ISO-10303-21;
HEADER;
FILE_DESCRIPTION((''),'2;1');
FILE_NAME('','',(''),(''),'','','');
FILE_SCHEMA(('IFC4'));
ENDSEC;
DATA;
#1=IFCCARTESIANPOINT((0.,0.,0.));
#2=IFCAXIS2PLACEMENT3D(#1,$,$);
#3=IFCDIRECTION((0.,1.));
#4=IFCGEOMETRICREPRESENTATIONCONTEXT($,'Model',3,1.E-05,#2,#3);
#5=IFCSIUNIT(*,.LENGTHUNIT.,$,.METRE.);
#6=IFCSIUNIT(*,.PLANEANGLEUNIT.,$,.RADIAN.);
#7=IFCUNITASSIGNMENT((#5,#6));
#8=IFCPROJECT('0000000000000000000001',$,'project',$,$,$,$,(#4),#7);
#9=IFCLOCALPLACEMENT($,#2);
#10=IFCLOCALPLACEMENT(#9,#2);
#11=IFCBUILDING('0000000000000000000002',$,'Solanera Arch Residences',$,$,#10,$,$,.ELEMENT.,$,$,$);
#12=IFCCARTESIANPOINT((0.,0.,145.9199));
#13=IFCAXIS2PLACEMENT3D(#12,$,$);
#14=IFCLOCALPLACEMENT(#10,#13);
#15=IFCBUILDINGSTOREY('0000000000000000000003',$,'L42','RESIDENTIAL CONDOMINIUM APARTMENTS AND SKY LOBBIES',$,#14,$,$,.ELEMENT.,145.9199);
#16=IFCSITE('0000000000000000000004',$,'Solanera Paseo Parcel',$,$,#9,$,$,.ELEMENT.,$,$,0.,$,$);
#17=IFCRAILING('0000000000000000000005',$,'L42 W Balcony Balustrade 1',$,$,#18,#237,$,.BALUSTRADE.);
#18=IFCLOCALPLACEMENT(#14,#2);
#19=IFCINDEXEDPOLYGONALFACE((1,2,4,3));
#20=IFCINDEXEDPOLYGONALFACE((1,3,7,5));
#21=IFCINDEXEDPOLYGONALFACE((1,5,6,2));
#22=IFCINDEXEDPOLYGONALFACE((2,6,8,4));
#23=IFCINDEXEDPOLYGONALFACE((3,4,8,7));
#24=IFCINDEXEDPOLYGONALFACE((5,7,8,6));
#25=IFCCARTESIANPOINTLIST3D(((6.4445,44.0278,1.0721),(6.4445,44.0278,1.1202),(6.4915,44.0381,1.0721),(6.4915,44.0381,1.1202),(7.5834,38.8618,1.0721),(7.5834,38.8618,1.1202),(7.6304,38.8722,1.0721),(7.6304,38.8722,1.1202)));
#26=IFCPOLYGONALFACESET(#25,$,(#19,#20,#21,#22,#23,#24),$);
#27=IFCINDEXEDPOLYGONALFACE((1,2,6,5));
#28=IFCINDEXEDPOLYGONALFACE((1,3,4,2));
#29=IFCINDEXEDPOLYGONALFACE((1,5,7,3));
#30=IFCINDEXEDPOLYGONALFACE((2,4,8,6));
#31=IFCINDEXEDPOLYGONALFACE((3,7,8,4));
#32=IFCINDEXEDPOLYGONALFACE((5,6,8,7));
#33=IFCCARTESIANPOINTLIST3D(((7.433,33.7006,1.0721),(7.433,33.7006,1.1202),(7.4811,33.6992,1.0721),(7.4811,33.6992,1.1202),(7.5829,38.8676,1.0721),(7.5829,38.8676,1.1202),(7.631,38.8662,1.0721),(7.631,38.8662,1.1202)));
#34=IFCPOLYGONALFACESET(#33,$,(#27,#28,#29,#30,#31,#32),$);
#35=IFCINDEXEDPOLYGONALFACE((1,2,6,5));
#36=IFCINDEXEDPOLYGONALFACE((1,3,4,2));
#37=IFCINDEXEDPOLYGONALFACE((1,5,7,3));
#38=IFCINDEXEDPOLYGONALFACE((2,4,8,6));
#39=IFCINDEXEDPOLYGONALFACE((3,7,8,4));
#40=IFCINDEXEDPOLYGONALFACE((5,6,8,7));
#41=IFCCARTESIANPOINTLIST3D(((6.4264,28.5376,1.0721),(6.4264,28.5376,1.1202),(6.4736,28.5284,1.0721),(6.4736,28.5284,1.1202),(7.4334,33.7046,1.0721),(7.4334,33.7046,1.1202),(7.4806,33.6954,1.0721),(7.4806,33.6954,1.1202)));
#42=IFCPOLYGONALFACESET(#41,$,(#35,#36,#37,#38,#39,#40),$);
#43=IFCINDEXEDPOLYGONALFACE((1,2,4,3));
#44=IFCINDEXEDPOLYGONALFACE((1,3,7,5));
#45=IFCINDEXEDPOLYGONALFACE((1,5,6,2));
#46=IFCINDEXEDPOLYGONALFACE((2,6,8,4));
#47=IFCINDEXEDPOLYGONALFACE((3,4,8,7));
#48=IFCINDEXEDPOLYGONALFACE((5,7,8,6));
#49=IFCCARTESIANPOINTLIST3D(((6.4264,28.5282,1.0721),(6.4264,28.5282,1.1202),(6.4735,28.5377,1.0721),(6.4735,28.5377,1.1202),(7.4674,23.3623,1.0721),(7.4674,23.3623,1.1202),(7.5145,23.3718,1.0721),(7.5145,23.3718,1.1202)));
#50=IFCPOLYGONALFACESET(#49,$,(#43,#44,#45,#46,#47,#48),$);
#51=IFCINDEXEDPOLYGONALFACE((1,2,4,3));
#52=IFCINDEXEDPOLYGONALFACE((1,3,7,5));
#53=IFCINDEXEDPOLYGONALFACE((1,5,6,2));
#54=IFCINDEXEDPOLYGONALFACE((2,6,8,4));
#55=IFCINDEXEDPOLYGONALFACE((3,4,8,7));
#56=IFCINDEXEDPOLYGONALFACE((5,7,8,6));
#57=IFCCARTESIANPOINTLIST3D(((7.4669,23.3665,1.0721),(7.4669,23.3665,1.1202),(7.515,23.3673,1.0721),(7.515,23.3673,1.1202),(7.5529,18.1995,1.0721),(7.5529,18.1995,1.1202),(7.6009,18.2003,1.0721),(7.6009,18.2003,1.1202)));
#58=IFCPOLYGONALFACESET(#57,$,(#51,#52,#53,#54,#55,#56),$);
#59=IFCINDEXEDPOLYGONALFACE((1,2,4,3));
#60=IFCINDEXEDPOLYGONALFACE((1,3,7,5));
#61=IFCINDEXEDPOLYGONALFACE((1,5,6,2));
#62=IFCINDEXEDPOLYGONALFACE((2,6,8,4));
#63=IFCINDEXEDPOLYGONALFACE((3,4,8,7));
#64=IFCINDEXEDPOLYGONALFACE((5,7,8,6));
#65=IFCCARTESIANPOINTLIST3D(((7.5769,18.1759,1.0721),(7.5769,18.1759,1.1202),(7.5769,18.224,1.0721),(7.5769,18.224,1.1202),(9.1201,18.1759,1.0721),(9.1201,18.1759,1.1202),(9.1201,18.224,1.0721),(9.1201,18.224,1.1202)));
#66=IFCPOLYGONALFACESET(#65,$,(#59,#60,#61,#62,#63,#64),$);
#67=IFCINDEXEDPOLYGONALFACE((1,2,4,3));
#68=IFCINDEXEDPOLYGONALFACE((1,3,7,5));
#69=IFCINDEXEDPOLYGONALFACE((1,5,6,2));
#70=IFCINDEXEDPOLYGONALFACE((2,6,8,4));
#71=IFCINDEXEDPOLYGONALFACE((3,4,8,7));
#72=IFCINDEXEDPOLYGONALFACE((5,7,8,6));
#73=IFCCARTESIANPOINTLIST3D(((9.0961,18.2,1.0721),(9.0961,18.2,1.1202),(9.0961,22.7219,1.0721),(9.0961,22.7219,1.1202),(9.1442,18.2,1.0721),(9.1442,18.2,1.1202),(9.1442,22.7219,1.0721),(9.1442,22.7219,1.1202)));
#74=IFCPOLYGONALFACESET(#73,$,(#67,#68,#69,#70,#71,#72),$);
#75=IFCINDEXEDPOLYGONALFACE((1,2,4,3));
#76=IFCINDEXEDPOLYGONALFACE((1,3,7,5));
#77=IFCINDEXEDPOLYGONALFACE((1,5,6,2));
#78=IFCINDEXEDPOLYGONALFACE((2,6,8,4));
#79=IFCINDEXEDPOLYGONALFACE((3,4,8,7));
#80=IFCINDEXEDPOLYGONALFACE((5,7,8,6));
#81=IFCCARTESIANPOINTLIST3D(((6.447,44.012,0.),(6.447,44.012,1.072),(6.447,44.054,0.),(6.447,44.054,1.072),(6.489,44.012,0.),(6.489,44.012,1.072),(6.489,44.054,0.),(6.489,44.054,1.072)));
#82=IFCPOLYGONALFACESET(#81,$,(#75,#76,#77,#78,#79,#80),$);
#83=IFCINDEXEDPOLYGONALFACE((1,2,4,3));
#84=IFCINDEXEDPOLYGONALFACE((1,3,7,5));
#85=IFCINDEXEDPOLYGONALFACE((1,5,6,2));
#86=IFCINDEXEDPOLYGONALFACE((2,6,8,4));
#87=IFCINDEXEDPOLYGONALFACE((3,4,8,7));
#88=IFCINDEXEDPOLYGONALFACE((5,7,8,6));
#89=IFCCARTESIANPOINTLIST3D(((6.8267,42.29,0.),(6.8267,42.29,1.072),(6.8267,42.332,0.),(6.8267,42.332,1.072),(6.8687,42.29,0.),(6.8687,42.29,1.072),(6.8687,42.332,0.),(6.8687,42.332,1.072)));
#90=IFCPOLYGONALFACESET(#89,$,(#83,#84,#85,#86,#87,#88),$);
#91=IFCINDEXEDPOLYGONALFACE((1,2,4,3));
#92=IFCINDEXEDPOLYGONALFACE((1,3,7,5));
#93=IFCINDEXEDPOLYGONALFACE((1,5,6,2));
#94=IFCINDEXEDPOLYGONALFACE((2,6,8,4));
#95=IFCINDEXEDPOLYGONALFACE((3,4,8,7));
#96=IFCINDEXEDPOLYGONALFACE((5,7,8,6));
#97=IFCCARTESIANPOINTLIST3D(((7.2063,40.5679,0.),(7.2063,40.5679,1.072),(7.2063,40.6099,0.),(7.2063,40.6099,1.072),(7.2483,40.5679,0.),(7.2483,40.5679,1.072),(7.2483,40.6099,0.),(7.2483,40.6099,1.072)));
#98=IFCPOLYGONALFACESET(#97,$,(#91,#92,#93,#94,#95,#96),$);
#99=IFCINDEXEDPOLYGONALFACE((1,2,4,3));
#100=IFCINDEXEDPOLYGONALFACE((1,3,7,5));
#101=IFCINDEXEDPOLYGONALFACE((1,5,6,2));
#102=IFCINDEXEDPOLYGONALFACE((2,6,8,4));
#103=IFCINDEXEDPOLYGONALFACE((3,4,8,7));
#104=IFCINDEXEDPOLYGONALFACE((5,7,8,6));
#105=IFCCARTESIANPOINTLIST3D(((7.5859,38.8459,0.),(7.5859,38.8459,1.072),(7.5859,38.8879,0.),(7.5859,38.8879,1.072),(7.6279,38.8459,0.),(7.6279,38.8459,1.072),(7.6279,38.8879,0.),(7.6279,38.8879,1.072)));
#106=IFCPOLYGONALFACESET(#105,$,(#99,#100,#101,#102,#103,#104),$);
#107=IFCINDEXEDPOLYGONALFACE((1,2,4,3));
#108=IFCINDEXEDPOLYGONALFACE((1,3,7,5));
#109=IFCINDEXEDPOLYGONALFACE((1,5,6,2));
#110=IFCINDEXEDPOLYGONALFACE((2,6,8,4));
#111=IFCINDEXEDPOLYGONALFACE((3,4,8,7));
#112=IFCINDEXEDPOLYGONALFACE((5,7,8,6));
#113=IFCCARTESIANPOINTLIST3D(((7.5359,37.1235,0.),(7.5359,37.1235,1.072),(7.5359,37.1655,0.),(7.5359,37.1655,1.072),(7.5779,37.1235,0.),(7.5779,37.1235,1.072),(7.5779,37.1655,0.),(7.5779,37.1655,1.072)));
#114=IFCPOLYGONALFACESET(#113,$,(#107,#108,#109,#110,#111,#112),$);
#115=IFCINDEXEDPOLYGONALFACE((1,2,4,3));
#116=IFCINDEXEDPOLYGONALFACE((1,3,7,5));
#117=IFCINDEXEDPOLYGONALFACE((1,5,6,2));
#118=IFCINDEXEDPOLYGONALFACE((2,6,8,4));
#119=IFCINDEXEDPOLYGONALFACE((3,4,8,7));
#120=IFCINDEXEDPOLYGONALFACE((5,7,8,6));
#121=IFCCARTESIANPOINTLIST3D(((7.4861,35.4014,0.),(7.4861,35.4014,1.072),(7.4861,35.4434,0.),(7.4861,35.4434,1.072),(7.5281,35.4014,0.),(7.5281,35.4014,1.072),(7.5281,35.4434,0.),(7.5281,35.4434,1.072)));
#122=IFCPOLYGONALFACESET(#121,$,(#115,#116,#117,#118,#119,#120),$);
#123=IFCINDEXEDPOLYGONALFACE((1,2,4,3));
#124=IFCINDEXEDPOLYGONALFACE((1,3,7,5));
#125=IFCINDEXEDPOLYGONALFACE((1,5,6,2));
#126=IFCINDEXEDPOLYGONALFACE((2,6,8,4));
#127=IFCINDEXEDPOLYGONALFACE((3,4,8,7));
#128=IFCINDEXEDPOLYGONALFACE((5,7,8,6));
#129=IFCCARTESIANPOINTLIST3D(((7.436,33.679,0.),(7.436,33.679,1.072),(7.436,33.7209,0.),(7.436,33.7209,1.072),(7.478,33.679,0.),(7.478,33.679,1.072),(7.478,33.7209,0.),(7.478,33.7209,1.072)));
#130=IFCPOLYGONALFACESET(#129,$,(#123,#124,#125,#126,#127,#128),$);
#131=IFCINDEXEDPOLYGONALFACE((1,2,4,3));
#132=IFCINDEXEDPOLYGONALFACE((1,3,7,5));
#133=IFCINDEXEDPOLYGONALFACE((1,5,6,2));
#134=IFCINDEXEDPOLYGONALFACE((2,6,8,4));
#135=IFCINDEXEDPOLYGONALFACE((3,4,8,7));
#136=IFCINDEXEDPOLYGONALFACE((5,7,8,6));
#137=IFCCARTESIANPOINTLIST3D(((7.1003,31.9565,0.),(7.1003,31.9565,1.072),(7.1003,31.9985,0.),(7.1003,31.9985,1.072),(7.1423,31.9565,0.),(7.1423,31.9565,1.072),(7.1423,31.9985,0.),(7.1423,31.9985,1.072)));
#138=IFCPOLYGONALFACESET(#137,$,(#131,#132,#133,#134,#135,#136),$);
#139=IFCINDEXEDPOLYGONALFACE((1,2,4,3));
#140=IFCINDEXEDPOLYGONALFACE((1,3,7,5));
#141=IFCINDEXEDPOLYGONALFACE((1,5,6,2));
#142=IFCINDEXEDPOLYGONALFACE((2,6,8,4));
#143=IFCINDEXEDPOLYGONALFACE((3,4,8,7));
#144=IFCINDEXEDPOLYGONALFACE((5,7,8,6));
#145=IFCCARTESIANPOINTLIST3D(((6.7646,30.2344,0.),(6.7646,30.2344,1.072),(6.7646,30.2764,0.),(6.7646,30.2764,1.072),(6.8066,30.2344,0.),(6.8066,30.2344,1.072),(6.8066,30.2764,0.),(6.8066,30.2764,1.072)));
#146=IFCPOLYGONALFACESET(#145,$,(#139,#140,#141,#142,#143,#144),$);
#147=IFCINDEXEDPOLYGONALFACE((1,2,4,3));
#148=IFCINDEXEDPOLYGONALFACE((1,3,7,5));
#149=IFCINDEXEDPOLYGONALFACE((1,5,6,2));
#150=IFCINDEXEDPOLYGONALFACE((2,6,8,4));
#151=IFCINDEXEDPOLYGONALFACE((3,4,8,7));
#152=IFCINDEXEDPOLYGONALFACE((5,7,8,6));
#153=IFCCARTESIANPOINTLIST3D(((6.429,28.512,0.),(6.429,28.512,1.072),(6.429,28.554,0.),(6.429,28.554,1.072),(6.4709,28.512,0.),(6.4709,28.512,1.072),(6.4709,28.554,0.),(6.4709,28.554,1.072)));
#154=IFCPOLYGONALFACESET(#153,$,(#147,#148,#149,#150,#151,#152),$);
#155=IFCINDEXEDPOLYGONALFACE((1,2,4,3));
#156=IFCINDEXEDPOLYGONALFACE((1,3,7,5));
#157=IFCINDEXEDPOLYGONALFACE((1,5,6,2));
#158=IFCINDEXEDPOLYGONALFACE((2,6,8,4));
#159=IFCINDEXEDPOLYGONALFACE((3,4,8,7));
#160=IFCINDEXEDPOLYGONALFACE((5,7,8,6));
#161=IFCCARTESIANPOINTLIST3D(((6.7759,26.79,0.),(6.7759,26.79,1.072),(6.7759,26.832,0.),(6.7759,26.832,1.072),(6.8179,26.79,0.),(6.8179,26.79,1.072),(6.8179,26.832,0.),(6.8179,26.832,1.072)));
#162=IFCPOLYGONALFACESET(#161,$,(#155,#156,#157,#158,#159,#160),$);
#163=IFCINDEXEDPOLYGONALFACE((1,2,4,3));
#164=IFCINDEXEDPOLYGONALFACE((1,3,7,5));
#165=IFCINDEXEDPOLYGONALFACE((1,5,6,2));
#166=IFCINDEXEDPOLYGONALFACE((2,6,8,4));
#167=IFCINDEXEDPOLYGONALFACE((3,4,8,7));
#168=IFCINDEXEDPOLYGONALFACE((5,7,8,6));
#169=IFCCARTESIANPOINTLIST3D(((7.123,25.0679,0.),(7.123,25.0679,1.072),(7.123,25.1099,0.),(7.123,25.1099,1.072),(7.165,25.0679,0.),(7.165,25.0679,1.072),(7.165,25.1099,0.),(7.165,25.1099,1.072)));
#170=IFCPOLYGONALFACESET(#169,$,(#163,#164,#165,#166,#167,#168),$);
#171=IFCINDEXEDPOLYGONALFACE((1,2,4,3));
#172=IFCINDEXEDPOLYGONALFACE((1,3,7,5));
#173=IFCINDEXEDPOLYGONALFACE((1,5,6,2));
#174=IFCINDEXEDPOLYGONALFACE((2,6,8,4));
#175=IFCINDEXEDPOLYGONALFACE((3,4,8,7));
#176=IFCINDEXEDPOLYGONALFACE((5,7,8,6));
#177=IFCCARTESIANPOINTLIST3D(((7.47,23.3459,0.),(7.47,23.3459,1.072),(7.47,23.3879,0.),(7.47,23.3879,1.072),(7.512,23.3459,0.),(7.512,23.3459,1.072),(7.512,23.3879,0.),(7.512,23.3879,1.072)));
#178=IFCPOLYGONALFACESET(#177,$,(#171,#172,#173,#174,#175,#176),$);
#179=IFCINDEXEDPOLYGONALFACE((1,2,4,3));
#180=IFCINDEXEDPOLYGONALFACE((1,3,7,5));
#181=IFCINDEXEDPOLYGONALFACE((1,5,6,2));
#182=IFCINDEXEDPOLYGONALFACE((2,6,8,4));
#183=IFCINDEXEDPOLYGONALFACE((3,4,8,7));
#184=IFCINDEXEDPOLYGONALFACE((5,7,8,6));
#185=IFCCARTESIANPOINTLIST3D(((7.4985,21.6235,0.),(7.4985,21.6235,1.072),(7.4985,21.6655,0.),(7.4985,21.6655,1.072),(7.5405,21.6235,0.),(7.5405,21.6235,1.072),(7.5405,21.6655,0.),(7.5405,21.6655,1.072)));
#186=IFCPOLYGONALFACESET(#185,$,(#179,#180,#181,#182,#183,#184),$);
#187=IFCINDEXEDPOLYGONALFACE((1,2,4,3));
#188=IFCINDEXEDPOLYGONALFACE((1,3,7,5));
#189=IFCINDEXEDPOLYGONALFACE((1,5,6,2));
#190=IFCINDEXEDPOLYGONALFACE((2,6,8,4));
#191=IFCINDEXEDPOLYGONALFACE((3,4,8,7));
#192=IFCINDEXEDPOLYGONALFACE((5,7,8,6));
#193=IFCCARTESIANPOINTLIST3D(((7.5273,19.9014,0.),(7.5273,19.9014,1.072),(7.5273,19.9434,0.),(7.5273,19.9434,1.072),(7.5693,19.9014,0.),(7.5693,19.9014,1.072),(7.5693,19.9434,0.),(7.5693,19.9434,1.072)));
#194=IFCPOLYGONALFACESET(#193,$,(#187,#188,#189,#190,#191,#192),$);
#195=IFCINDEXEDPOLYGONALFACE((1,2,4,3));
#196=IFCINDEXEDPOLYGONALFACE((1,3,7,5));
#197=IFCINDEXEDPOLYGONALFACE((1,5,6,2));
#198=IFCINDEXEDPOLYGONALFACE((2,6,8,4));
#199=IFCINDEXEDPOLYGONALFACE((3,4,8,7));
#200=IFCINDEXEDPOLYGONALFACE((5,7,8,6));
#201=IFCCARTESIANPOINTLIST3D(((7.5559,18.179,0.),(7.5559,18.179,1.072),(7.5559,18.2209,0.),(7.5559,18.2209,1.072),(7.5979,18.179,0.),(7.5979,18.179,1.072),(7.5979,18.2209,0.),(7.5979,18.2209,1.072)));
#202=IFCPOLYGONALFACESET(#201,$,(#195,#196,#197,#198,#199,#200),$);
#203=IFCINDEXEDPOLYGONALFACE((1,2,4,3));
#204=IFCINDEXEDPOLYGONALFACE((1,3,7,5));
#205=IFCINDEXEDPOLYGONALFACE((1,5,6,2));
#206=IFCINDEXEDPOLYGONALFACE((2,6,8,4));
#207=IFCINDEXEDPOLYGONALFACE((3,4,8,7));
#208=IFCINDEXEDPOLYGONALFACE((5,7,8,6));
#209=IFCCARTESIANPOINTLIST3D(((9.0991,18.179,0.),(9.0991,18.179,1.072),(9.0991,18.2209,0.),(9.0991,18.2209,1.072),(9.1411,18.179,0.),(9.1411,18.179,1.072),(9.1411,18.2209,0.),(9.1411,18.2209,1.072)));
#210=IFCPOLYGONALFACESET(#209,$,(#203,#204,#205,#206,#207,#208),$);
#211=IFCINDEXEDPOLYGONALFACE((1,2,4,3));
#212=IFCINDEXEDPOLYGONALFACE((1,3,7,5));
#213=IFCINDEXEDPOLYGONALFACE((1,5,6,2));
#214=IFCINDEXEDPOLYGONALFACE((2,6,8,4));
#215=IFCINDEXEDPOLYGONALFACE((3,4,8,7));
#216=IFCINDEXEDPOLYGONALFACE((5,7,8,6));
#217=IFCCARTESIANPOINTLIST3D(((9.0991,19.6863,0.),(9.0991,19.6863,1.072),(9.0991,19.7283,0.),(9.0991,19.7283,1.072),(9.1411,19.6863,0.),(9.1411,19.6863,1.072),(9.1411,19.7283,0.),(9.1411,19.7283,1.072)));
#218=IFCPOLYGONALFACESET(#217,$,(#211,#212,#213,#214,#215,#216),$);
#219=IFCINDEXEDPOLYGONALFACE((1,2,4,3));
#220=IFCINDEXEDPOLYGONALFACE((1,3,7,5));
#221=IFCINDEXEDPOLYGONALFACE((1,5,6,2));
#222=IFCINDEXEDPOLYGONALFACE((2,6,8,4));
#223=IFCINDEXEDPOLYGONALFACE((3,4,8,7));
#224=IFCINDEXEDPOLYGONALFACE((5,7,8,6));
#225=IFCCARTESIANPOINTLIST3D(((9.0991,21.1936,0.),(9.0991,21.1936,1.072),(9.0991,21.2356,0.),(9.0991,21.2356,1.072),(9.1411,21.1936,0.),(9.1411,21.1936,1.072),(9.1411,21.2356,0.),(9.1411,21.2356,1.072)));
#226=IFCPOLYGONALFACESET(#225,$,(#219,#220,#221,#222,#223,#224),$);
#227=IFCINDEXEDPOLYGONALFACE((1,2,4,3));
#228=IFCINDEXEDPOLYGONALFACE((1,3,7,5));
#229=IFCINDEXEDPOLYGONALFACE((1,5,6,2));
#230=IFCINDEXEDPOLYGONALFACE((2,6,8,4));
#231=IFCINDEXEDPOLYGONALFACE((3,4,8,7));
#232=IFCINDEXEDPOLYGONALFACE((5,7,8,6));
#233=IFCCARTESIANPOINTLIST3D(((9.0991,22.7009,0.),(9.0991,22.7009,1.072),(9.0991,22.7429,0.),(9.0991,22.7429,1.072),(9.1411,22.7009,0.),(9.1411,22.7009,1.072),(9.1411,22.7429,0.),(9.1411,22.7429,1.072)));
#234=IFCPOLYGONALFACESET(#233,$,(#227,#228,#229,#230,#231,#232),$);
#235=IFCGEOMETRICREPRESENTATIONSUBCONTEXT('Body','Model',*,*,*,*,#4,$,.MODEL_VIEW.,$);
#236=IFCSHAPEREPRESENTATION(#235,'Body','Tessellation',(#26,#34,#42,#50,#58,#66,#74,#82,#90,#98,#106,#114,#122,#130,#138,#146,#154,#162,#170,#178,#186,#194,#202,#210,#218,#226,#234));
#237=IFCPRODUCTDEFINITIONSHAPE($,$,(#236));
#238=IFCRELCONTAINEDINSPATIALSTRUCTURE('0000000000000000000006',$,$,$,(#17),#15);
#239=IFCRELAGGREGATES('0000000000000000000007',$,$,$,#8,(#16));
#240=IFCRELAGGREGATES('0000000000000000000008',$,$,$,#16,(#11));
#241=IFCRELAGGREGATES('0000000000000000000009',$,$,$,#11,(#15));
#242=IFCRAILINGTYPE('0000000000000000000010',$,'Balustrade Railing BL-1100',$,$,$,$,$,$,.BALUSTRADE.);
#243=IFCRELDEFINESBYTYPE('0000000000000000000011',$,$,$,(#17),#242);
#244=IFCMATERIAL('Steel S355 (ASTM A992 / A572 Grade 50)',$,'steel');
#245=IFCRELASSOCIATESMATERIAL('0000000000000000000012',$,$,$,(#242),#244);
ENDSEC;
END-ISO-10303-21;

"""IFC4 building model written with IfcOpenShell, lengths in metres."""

from ifc_helpers import new_model, si_unit, direction, frame, origin, origin_2d, place, context, subcontext, project, spatial, rectangle, extrude, material, type_object, element, save


model = new_model("IFC4")

# Units and contexts
model_context = context("Model", 3, precision=1e-05, world=origin(), true_north=direction((0.0, 1.0)))
body_context = subcontext(model_context, "Body", "Model", "MODEL_VIEW")
ifc_project = project(units=[si_unit("LENGTHUNIT", "METRE"), si_unit("PLANEANGLEUNIT", "RADIAN")], contexts=[model_context])

# Site, building, storey
site_placement = place(None, origin())
site = spatial("IfcSite", under=ifc_project, at=site_placement, Name="Solanera Paseo Parcel", CompositionType="ELEMENT", RefElevation=0.0)
building_placement = place(site_placement, origin())
building = spatial("IfcBuilding", under=site, at=building_placement, Name="Solanera Arch Residences", CompositionType="ELEMENT")
storey_placement = place(building_placement, frame((0.0, 0.0, 145.9199)))
storey = spatial("IfcBuildingStorey", under=building, at=storey_placement, Name="L42", Description="RESIDENTIAL CONDOMINIUM APARTMENTS AND SKY LOBBIES", CompositionType="ELEMENT", Elevation=145.9199)

# Railing
ifc_material_1 = material(Name="Steel S355 (ASTM A992 / A572 Grade 50)", Category="steel")
railing_type = type_object("IfcRailingType", Name="Balustrade Railing BL-1100", PredefinedType="BALUSTRADE", material=ifc_material_1)
railing_placement = place(storey_placement, frame((6.468, 44.033, 0.0)))
element("IfcRailing", 1, at=railing_placement, inside=storey, type_object=railing_type, Name="L42 W Balcony Balustrade 1", PredefinedType="BALUSTRADE", context=body_context, shape_type="SweptSolid", body=[
    extrude(rectangle(XDim=0.0481, YDim=0.0481, at=origin_2d()), frame((0.0, 0.0, 1.0962), z_axis=(0.215293, -0.976549, 0.0), x_axis=(0.976549, 0.215293, 0.0)), (0.0, 0.0, 1.0), 5.29),
    extrude(rectangle(XDim=0.0481, YDim=0.0481, at=origin_2d()), frame((1.1389, -5.166, 1.0962), z_axis=(-0.028999, -0.999579, 0.0), x_axis=(0.999579, -0.028999, 0.0)), (0.0, 0.0, 1.0), 5.1692),
    extrude(rectangle(XDim=0.0481, YDim=0.0481, at=origin_2d()), frame((0.989, -10.333, 1.0962), z_axis=(-0.191307, -0.98153, 0.0), x_axis=(0.98153, -0.191307, 0.0)), (0.0, 0.0, 1.0), 5.2642),
    extrude(rectangle(XDim=0.0481, YDim=0.0481, at=origin_2d()), frame((-0.0181, -15.5, 1.0962), z_axis=(0.197541, -0.980295, 0.0), x_axis=(0.980295, 0.197541, 0.0)), (0.0, 0.0, 1.0), 5.2698),
    extrude(rectangle(XDim=0.0481, YDim=0.0481, at=origin_2d()), frame((1.0229, -20.666, 1.0962), z_axis=(0.01663, -0.999862, 0.0), x_axis=(0.999862, 0.01663, 0.0)), (0.0, 0.0, 1.0), 5.1677),
    extrude(rectangle(XDim=0.0481, YDim=0.0481, at=origin_2d()), frame((1.1089, -25.833, 1.0962), z_axis=(1.0, 0.0, 0.0), x_axis=(0.0, 1.0, 0.0)), (0.0, 0.0, 1.0), 1.5432),
    extrude(rectangle(XDim=0.0481, YDim=0.0481, at=origin_2d()), frame((2.6521, -25.833, 1.0962), z_axis=(0.0, 1.0, 0.0), x_axis=(-1.0, 0.0, 0.0)), (0.0, 0.0, 1.0), 4.522),
    extrude(rectangle(XDim=0.042, YDim=0.042, at=origin_2d()), origin(), (0.0, 0.0, 1.0), 1.072),
    extrude(rectangle(XDim=0.042, YDim=0.042, at=origin_2d()), frame((0.3796, -1.7219, 0.0)), (0.0, 0.0, 1.0), 1.072),
    extrude(rectangle(XDim=0.042, YDim=0.042, at=origin_2d()), frame((0.7593, -3.4441, 0.0)), (0.0, 0.0, 1.0), 1.072),
    extrude(rectangle(XDim=0.042, YDim=0.042, at=origin_2d()), frame((1.1389, -5.166, 0.0)), (0.0, 0.0, 1.0), 1.072),
    extrude(rectangle(XDim=0.042, YDim=0.042, at=origin_2d()), frame((1.0889, -6.8884, 0.0)), (0.0, 0.0, 1.0), 1.072),
    extrude(rectangle(XDim=0.042, YDim=0.042, at=origin_2d()), frame((1.0391, -8.6106, 0.0)), (0.0, 0.0, 1.0), 1.072),
    extrude(rectangle(XDim=0.042, YDim=0.042, at=origin_2d()), frame((0.989, -10.333, 0.0)), (0.0, 0.0, 1.0), 1.072),
    extrude(rectangle(XDim=0.042, YDim=0.042, at=origin_2d()), frame((0.6533, -12.0554, 0.0)), (0.0, 0.0, 1.0), 1.072),
    extrude(rectangle(XDim=0.042, YDim=0.042, at=origin_2d()), frame((0.3176, -13.7776, 0.0)), (0.0, 0.0, 1.0), 1.072),
    extrude(rectangle(XDim=0.042, YDim=0.042, at=origin_2d()), frame((-0.0181, -15.5, 0.0)), (0.0, 0.0, 1.0), 1.072),
    extrude(rectangle(XDim=0.042, YDim=0.042, at=origin_2d()), frame((0.3289, -17.2219, 0.0)), (0.0, 0.0, 1.0), 1.072),
    extrude(rectangle(XDim=0.042, YDim=0.042, at=origin_2d()), frame((0.676, -18.9441, 0.0)), (0.0, 0.0, 1.0), 1.072),
    extrude(rectangle(XDim=0.042, YDim=0.042, at=origin_2d()), frame((1.0229, -20.666, 0.0)), (0.0, 0.0, 1.0), 1.072),
    extrude(rectangle(XDim=0.042, YDim=0.042, at=origin_2d()), frame((1.0515, -22.3884, 0.0)), (0.0, 0.0, 1.0), 1.072),
    extrude(rectangle(XDim=0.042, YDim=0.042, at=origin_2d()), frame((1.0803, -24.1106, 0.0)), (0.0, 0.0, 1.0), 1.072),
    extrude(rectangle(XDim=0.042, YDim=0.042, at=origin_2d()), frame((1.1089, -25.833, 0.0)), (0.0, 0.0, 1.0), 1.072),
    extrude(rectangle(XDim=0.042, YDim=0.042, at=origin_2d()), frame((2.6521, -25.833, 0.0)), (0.0, 0.0, 1.0), 1.072),
    extrude(rectangle(XDim=0.042, YDim=0.042, at=origin_2d()), frame((2.6521, -24.3257, 0.0)), (0.0, 0.0, 1.0), 1.072),
    extrude(rectangle(XDim=0.042, YDim=0.042, at=origin_2d()), frame((2.6521, -22.8184, 0.0)), (0.0, 0.0, 1.0), 1.072),
    extrude(rectangle(XDim=0.042, YDim=0.042, at=origin_2d()), frame((2.6521, -21.311, 0.0)), (0.0, 0.0, 1.0), 1.072),
])

save(model, "model.ifc")
